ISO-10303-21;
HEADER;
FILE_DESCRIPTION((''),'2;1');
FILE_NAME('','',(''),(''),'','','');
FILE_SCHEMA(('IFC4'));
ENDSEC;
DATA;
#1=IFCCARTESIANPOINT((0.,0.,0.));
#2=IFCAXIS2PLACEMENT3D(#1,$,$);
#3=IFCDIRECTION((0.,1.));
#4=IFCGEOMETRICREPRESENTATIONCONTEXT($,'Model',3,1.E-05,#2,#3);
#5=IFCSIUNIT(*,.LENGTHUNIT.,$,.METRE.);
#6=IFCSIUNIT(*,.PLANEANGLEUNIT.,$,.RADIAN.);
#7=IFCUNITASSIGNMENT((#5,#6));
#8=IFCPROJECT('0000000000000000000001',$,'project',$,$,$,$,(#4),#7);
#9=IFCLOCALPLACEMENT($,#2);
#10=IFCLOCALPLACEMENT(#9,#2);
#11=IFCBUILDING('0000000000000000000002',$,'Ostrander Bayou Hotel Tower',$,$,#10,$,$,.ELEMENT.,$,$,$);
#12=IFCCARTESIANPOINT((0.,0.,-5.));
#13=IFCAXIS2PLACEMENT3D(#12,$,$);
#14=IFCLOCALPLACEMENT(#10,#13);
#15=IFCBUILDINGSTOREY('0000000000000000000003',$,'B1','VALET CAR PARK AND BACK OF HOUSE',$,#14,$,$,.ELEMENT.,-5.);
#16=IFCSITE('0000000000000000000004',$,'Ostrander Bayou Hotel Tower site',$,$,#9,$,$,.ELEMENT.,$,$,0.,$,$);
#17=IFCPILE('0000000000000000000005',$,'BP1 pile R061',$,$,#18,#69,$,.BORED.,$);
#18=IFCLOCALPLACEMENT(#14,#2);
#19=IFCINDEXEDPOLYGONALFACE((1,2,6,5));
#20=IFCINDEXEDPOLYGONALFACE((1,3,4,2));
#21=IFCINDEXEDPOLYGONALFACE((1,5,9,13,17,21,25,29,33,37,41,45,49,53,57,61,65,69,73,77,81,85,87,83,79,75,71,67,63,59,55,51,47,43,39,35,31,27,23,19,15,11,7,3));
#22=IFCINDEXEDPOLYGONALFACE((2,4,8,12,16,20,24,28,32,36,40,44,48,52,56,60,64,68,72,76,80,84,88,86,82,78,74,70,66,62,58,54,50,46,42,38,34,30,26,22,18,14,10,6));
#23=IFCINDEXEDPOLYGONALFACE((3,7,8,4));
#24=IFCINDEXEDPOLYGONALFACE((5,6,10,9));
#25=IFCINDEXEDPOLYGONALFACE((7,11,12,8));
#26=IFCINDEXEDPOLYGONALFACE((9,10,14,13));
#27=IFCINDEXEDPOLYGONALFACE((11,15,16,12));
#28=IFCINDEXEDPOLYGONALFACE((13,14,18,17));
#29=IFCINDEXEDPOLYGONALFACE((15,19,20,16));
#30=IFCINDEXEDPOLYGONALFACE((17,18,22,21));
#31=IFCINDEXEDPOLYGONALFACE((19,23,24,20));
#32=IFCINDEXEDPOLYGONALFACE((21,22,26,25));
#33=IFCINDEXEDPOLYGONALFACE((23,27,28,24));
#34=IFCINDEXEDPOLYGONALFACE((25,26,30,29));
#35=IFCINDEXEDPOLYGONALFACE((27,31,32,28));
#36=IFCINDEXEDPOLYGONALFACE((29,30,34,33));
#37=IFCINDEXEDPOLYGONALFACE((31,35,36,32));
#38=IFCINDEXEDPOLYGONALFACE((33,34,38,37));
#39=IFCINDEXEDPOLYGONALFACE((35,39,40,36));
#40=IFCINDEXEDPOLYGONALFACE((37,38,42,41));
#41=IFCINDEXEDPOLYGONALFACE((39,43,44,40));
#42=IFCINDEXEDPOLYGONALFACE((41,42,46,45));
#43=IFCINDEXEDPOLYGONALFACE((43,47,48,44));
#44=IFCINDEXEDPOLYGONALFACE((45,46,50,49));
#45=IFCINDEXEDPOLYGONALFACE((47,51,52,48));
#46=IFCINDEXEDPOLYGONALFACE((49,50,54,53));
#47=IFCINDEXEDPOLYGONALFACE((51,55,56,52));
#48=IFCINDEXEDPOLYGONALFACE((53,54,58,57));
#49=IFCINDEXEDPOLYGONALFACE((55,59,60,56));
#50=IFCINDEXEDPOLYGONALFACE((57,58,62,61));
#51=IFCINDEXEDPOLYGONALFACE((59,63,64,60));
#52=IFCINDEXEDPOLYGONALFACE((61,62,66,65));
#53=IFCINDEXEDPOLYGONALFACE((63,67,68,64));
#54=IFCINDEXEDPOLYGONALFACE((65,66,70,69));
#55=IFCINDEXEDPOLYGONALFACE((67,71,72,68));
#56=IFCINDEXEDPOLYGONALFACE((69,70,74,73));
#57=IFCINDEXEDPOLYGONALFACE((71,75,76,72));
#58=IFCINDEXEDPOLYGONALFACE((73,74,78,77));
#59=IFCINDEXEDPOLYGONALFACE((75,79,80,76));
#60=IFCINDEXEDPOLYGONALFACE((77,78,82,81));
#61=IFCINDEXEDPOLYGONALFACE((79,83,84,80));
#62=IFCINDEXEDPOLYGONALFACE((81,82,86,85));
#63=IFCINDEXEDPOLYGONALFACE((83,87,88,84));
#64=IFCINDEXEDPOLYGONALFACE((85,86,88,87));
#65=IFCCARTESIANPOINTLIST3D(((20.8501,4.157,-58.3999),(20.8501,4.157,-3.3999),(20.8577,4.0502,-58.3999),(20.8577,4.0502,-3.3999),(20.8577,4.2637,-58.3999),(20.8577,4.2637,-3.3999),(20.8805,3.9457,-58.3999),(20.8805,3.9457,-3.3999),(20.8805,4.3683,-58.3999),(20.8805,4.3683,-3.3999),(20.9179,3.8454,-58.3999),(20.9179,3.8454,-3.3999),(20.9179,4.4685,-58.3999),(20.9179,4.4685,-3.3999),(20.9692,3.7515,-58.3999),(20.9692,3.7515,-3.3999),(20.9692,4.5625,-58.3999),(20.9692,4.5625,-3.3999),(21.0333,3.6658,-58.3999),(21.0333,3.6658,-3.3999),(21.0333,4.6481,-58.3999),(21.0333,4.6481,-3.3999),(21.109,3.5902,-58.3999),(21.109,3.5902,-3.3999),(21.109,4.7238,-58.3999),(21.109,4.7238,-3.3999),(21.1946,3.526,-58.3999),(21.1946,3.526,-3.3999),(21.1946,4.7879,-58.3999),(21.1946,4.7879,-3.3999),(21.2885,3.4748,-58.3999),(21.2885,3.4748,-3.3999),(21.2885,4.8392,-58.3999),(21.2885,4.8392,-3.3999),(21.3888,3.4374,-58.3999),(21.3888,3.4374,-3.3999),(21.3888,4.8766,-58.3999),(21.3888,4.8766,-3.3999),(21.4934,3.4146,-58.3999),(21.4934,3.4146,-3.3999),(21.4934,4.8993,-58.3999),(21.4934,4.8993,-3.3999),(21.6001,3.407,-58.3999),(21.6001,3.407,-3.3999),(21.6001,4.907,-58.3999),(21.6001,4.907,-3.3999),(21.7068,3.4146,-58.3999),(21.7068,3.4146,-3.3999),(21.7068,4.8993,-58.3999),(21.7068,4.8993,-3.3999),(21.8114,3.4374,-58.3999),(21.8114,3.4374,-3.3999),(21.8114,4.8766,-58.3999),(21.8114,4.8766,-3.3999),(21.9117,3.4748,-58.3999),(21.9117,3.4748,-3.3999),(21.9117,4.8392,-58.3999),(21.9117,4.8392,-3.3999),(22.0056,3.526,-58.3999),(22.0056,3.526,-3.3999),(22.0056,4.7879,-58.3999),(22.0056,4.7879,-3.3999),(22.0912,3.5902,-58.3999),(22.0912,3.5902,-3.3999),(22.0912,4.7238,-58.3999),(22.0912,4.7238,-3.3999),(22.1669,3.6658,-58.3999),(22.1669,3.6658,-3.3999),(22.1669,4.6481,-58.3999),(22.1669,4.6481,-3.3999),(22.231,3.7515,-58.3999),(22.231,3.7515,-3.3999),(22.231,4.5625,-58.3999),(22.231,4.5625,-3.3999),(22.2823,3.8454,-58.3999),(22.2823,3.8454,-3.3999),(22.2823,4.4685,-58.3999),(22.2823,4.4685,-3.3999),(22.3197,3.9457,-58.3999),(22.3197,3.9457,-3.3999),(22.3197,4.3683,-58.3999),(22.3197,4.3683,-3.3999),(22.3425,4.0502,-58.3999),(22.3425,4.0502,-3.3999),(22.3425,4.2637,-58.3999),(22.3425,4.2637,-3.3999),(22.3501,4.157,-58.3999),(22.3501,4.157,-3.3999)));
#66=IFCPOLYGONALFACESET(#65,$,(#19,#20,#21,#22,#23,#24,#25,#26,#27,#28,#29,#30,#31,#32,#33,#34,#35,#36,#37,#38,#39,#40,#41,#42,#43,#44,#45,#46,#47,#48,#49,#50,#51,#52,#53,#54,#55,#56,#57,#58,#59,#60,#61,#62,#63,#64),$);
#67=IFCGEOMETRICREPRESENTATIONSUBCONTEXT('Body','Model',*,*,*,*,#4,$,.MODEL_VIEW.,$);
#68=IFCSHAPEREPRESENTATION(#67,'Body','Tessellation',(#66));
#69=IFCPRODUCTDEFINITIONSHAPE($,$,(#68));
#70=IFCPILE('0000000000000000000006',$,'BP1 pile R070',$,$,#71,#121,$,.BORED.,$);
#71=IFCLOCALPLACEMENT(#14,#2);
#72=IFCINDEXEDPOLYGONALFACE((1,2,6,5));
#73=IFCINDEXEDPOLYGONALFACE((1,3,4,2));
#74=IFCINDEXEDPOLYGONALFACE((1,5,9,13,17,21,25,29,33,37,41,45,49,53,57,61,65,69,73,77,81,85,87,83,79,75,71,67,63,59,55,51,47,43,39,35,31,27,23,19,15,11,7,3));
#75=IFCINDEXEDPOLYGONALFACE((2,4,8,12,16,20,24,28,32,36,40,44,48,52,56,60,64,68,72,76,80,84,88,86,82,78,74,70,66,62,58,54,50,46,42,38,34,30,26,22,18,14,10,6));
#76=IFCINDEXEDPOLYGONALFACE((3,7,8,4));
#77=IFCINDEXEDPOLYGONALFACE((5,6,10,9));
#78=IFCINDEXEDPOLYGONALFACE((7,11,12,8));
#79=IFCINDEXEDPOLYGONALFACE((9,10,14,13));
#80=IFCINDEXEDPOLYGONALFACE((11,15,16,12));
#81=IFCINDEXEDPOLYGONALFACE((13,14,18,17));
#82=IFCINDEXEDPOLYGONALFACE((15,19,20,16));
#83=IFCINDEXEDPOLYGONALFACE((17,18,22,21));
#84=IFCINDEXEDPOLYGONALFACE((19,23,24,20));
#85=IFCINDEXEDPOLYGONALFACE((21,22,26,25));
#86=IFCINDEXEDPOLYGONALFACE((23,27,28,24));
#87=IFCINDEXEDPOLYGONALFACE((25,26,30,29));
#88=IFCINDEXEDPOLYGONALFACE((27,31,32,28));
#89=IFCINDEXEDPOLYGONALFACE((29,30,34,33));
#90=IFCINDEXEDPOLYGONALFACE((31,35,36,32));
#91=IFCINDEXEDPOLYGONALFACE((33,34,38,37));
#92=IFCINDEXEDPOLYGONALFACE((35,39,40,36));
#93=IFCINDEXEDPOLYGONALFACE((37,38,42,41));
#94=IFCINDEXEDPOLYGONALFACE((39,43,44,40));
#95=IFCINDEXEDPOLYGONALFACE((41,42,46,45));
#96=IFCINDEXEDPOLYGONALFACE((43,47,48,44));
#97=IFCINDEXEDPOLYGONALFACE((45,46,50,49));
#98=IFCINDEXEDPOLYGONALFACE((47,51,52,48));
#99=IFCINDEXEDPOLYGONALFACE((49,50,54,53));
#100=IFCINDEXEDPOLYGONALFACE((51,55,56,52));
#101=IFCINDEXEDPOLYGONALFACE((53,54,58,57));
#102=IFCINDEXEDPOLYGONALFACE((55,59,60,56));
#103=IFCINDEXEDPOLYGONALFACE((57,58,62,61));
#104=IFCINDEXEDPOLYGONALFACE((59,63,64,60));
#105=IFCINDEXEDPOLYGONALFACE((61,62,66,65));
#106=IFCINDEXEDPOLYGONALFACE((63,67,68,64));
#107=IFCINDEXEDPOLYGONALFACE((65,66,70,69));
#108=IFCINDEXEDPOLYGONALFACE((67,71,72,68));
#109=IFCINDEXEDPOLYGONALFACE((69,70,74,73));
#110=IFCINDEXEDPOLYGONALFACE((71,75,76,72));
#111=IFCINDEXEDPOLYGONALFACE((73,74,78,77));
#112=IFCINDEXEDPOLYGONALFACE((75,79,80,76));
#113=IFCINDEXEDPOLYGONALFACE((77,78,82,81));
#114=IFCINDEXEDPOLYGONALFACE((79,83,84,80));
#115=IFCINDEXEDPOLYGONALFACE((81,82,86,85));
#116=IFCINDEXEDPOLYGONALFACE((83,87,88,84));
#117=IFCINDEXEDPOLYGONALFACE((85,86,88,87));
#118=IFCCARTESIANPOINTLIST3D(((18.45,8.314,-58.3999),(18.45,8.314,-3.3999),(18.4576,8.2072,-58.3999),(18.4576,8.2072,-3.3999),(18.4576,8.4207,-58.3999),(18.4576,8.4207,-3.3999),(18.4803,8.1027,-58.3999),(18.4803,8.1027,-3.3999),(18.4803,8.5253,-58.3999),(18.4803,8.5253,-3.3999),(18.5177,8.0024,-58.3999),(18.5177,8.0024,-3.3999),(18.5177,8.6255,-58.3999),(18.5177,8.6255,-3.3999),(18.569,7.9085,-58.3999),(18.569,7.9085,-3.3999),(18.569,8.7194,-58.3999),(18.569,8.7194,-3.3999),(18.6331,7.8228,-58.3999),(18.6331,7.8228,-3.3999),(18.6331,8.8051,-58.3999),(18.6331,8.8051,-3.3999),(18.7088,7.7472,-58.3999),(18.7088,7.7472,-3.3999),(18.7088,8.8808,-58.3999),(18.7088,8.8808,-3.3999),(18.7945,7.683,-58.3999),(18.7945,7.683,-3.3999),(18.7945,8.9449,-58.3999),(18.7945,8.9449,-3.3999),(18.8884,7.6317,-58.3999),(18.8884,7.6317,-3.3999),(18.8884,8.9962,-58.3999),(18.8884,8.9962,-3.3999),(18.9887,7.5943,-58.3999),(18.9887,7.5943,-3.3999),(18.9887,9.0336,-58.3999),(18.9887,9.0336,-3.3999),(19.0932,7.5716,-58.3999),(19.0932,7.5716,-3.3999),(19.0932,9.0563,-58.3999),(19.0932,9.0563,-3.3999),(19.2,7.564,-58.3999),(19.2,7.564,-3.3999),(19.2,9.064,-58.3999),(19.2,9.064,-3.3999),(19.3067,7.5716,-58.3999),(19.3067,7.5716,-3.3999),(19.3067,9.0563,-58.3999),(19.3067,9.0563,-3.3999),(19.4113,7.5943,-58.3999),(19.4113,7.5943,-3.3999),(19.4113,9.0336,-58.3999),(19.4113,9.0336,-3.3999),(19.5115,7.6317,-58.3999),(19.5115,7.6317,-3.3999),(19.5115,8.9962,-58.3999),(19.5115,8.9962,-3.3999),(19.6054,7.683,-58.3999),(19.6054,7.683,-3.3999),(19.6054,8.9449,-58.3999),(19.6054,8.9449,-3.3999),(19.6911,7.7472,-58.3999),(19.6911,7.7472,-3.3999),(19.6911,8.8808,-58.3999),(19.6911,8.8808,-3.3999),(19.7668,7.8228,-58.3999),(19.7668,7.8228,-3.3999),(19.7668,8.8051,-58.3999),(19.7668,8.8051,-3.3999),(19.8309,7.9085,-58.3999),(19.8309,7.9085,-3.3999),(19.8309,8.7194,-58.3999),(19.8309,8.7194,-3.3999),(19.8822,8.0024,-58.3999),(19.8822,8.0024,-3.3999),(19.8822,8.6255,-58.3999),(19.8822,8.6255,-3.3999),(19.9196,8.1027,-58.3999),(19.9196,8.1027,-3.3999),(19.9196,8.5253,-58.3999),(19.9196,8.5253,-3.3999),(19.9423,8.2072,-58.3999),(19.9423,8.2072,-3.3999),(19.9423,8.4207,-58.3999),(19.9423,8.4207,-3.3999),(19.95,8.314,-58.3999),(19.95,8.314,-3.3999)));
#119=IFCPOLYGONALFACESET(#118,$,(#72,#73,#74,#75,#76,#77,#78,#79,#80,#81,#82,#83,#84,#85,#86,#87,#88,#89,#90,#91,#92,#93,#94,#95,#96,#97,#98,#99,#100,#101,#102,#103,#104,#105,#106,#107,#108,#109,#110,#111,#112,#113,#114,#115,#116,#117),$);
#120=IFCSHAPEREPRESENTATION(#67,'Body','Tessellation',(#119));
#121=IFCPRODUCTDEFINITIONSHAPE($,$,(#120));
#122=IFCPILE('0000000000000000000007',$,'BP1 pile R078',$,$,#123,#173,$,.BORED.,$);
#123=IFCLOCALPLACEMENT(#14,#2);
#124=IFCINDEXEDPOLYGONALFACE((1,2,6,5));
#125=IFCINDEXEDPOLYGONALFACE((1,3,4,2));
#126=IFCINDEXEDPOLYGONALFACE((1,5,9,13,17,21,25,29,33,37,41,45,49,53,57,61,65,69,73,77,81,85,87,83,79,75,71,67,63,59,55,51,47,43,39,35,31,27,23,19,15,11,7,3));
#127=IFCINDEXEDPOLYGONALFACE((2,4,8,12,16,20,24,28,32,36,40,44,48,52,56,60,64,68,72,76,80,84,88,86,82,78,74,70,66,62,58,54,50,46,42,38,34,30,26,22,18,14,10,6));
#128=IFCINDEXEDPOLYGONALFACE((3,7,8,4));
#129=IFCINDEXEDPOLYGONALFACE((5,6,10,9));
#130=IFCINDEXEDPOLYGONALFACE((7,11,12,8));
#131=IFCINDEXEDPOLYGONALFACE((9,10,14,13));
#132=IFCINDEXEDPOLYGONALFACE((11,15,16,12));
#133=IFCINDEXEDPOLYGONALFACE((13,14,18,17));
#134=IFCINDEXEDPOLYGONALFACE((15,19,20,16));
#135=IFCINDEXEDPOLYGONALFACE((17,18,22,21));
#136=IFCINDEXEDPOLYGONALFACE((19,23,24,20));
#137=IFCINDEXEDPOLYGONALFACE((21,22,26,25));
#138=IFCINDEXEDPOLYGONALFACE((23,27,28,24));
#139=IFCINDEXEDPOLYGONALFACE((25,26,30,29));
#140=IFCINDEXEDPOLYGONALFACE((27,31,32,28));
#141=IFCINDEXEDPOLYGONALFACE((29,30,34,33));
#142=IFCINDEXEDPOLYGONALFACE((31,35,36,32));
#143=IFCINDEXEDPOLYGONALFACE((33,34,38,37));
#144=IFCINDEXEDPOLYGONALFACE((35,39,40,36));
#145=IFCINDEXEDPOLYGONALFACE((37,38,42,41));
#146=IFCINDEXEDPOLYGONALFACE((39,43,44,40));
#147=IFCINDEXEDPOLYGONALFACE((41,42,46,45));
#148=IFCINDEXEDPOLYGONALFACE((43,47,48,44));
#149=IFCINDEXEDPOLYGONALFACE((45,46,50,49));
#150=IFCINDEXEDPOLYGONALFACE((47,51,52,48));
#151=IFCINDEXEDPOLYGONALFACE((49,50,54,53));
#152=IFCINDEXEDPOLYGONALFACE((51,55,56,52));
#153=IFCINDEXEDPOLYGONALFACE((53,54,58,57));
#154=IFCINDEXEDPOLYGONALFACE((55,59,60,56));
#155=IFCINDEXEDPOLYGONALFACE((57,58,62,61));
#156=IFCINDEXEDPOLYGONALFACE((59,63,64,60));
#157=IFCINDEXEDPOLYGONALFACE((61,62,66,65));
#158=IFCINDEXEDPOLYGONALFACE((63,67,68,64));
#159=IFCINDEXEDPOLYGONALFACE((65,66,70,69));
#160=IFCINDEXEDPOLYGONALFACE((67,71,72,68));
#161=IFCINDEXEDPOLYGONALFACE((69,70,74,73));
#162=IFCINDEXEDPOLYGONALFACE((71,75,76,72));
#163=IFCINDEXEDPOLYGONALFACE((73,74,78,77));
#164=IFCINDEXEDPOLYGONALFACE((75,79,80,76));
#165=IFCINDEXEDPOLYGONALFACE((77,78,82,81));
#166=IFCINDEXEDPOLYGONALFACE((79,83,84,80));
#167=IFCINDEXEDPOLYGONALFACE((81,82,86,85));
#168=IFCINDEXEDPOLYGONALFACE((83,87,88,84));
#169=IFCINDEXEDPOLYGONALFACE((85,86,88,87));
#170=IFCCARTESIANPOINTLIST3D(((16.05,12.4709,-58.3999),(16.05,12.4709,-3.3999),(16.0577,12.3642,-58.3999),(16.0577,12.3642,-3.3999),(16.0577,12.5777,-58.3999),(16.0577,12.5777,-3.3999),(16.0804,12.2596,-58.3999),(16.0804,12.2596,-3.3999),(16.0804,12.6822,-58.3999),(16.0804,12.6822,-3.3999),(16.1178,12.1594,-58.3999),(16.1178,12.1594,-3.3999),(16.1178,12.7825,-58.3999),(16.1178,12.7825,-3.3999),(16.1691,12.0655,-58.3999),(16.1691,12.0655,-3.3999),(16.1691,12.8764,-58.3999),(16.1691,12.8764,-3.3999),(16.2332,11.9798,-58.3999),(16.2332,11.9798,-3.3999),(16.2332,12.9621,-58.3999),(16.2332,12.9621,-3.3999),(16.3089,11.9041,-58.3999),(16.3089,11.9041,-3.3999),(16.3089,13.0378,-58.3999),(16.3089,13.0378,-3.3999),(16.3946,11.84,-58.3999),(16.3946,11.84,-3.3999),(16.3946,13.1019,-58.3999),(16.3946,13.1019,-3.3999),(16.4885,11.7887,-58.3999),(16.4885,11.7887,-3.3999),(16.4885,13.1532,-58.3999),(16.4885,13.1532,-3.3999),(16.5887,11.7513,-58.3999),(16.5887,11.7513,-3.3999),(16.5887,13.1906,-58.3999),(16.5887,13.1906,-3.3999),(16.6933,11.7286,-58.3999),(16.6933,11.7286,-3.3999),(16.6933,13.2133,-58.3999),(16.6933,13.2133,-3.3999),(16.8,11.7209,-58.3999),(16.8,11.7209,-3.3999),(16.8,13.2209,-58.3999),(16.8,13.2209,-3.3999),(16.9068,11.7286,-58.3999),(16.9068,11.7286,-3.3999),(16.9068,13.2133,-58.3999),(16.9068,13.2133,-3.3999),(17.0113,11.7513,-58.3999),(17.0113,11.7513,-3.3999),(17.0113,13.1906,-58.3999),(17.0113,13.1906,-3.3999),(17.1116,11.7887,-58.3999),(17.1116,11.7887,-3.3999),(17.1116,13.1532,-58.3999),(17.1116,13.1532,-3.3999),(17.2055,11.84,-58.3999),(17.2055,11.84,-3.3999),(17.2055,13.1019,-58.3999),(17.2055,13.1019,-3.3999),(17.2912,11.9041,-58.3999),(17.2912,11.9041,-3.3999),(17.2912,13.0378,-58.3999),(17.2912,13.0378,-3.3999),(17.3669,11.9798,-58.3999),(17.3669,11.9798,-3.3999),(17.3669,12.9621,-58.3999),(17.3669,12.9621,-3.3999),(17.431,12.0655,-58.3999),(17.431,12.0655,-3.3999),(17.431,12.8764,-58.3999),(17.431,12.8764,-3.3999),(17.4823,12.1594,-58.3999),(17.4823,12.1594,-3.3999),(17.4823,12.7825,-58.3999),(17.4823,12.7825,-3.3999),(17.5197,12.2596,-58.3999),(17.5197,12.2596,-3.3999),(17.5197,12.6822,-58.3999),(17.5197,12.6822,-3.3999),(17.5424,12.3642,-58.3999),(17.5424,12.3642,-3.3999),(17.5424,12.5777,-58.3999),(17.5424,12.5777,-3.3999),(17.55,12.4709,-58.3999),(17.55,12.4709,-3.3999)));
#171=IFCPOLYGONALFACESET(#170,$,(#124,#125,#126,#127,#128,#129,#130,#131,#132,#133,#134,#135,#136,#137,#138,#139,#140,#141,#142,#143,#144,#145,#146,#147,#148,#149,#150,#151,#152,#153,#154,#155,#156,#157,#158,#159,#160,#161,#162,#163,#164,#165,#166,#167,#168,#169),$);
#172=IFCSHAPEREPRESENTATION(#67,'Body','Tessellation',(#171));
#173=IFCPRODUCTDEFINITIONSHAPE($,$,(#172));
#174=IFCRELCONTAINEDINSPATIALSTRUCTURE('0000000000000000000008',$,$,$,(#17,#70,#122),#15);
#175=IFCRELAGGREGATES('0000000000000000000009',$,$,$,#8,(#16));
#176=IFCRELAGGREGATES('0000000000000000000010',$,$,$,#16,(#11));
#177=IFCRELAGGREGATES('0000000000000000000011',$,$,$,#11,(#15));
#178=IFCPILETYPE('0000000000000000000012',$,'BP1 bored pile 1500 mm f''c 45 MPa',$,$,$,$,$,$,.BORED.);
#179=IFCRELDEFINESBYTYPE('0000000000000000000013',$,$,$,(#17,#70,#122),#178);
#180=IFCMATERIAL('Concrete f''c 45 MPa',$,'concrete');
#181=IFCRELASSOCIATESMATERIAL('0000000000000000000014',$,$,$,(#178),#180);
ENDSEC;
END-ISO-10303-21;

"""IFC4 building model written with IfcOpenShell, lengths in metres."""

from ifc_helpers import new_model, si_unit, direction, frame, origin, origin_2d, place, context, subcontext, project, spatial, circle, extrude, material, material_profile, profile_set, type_object, element, save


model = new_model("IFC4")

# Units and contexts
model_context = context("Model", 3, precision=1e-05, world=origin(), true_north=direction((0.0, 1.0)))
body_context = subcontext(model_context, "Body", "Model", "MODEL_VIEW")
ifc_project = project(units=[si_unit("LENGTHUNIT", "METRE"), si_unit("PLANEANGLEUNIT", "RADIAN")], contexts=[model_context])

# Site, building, storey
site_placement = place(None, origin())
site = spatial("IfcSite", under=ifc_project, at=site_placement, Name="Ostrander Bayou Hotel Tower site", CompositionType="ELEMENT", RefElevation=0.0)
building_placement = place(site_placement, origin())
building = spatial("IfcBuilding", under=site, at=building_placement, Name="Ostrander Bayou Hotel Tower", CompositionType="ELEMENT")
storey_placement = place(building_placement, frame((0.0, 0.0, -5.0)))
storey = spatial("IfcBuildingStorey", under=building, at=storey_placement, Name="B1", Description="VALET CAR PARK AND BACK OF HOUSE", CompositionType="ELEMENT", Elevation=-5.0)

# Piles
ifc_material_1 = material(Name="Concrete f'c 45 MPa", Category="concrete")
ifc_material_profile_1 = material_profile(ifc_material_1, circle(Radius=0.75, at=origin_2d()))
ifc_profile_set_1 = profile_set([ifc_material_profile_1], Name="Concrete f'c 45 MPa")
pile_type_1 = type_object("IfcPileType", Name="BP1 bored pile 1500 mm f'c 45 MPa", PredefinedType="BORED", material=ifc_profile_set_1)
for number, where, z_axis, x_axis, name in (
    (1, (21.6001, 4.157, -3.3999), (0.0, 0.0, -1.0), (1.0, 0.0, 0.0), "BP1 pile R061"),
    (2, (19.2, 8.314, -3.3999), (0.0, 0.0, -1.0), (1.0, 0.0, 0.0), "BP1 pile R070"),
    (3, (16.8, 12.4709, -3.3999), (0.0, 0.0, -1.0), (1.0, 0.0, 0.0), "BP1 pile R078"),
):
    element("IfcPile", number, at=place(storey_placement, frame(where, z_axis=z_axis, x_axis=x_axis)), inside=storey, type_object=pile_type_1, Name=name, PredefinedType="BORED", context=body_context, shape_type="SweptSolid", body=[
        extrude(circle(Radius=0.75, at=origin_2d()), origin(), (0.0, 0.0, 1.0), 55.0),
    ])

save(model, "model.ifc")
